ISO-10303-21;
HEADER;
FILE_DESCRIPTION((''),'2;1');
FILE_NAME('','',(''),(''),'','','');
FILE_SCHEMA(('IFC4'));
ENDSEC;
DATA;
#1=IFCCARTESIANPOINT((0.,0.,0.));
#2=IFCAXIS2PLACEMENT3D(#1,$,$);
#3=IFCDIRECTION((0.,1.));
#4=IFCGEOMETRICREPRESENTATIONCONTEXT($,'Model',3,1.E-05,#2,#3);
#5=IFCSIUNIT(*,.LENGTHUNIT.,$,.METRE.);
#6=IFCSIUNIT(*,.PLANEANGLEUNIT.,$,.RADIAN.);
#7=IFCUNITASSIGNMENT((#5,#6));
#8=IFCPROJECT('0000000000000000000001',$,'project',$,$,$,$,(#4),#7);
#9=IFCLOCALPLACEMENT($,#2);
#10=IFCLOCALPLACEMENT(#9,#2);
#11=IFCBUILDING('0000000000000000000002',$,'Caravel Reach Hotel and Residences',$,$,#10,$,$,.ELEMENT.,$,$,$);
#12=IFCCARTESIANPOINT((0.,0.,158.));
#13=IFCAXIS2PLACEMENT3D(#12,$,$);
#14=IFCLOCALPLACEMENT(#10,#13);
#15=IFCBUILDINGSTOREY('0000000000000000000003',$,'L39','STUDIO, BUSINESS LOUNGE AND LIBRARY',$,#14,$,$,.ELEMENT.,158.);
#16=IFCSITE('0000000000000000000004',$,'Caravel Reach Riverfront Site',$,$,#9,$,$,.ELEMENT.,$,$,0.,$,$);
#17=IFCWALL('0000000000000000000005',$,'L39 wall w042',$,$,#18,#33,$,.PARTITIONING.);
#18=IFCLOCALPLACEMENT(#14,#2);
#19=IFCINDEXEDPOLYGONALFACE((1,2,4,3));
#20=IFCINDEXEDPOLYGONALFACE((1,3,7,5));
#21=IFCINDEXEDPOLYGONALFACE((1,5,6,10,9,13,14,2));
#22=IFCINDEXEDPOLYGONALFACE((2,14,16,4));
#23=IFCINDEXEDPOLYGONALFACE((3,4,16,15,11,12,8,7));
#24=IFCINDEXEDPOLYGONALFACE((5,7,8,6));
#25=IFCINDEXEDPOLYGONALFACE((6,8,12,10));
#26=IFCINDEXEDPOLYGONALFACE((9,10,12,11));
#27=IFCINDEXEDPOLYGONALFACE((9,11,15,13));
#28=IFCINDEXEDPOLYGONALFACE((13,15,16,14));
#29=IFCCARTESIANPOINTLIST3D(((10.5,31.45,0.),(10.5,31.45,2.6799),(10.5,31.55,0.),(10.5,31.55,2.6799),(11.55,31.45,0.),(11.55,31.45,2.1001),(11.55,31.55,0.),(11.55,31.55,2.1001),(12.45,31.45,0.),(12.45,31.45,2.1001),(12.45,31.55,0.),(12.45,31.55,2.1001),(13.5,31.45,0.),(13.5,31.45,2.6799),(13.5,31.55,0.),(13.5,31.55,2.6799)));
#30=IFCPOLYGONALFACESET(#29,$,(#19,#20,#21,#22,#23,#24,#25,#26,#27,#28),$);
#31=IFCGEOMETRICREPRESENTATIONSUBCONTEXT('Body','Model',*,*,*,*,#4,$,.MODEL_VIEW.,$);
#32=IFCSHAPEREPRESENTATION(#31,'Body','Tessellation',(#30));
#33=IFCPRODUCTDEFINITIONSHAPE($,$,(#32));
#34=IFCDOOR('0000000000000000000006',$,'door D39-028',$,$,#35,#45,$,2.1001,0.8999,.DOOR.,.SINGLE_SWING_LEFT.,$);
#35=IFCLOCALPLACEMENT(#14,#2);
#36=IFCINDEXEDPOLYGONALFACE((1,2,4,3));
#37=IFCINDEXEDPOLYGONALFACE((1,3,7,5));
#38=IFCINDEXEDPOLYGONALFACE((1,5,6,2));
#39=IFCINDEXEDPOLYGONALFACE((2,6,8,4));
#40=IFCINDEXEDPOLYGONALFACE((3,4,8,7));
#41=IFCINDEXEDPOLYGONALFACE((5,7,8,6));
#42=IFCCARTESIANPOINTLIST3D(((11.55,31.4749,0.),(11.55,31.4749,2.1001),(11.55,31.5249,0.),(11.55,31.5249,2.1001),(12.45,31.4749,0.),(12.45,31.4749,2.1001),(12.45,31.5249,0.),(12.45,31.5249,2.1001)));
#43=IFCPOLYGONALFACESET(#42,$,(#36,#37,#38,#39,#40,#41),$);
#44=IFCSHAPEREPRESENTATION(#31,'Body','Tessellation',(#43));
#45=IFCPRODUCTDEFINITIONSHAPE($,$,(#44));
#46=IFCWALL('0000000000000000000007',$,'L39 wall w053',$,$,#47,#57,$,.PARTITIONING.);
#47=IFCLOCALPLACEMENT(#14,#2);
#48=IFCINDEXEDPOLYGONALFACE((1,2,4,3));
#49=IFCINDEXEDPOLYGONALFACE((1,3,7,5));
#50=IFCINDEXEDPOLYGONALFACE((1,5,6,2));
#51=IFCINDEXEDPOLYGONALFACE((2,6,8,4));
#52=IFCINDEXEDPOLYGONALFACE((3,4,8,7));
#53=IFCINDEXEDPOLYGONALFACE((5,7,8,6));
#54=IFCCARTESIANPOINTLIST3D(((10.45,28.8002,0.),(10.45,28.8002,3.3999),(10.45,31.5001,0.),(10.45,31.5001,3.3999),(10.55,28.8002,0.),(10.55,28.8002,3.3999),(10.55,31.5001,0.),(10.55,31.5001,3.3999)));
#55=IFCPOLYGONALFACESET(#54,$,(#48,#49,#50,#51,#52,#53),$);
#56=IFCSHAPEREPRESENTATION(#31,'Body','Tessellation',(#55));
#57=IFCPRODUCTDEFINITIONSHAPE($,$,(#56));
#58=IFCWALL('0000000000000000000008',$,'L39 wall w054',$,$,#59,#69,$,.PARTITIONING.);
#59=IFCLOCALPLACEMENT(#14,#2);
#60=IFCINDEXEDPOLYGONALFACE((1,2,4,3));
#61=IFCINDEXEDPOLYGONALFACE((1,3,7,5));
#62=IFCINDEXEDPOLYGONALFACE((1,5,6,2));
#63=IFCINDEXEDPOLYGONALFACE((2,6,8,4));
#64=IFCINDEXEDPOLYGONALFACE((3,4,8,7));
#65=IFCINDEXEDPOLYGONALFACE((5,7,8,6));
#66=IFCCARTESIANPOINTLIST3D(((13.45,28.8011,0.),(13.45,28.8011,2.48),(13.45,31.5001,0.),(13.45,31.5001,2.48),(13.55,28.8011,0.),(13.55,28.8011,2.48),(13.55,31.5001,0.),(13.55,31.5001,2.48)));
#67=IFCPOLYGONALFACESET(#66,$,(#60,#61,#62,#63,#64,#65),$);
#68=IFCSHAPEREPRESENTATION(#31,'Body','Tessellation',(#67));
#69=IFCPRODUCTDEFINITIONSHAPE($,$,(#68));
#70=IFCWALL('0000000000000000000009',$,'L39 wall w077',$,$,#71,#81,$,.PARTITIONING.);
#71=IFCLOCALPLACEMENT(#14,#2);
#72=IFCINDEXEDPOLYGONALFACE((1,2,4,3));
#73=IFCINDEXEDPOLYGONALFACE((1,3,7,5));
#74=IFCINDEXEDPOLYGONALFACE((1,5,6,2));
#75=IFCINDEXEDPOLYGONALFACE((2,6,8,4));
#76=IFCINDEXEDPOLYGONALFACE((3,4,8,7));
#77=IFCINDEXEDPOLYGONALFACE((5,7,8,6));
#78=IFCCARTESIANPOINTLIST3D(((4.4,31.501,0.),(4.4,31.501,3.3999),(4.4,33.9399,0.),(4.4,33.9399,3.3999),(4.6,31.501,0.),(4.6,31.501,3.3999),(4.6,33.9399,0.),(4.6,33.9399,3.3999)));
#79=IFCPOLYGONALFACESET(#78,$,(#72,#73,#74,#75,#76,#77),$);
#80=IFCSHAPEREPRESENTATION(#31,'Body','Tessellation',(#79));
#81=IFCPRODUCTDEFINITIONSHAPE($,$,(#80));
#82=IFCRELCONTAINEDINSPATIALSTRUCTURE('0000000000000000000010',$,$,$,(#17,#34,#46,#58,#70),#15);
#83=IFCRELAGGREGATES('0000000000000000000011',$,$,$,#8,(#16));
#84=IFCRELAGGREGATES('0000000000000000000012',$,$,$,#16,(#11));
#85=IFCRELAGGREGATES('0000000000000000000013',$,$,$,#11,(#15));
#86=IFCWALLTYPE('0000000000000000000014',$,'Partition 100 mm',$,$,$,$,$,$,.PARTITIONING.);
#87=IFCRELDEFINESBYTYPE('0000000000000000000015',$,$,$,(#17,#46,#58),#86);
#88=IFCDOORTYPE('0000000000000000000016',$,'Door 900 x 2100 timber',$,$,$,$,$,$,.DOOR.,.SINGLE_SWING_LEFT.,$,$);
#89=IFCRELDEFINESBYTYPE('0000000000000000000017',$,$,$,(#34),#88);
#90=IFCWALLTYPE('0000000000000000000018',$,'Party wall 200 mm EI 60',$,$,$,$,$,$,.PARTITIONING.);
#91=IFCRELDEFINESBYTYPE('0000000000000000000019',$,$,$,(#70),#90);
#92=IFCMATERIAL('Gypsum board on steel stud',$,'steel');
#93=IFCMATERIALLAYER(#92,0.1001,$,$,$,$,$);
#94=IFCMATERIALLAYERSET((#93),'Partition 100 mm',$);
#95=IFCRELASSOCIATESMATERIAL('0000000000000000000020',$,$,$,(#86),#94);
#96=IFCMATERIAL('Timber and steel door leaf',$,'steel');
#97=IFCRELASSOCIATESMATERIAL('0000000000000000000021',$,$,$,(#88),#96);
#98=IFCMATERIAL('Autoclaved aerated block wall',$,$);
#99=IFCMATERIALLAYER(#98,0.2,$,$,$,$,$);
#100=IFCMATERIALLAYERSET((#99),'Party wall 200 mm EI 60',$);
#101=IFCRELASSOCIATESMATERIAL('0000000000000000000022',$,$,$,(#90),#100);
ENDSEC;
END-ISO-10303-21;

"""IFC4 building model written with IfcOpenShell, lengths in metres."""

from ifc_helpers import new_model, si_unit, direction, frame, frame_2d, origin, place, context, subcontext, project, spatial, rectangle, extrude, material, layer, layer_set, type_object, element, fill, save


model = new_model("IFC4")

# Units and contexts
model_context = context("Model", 3, precision=1e-05, world=origin(), true_north=direction((0.0, 1.0)))
body_context = subcontext(model_context, "Body", "Model", "MODEL_VIEW")
ifc_project = project(units=[si_unit("LENGTHUNIT", "METRE"), si_unit("PLANEANGLEUNIT", "RADIAN")], contexts=[model_context])

# Site, building, storey
site_placement = place(None, origin())
site = spatial("IfcSite", under=ifc_project, at=site_placement, Name="Caravel Reach Riverfront Site", CompositionType="ELEMENT", RefElevation=0.0)
building_placement = place(site_placement, origin())
building = spatial("IfcBuilding", under=site, at=building_placement, Name="Caravel Reach Hotel and Residences", CompositionType="ELEMENT")
storey_placement = place(building_placement, frame((0.0, 0.0, 158.0)))
storey = spatial("IfcBuildingStorey", under=building, at=storey_placement, Name="L39", Description="STUDIO, BUSINESS LOUNGE AND LIBRARY", CompositionType="ELEMENT", Elevation=158.0)

# Wall, opening, door
ifc_material_1 = material(Name="Gypsum board on steel stud", Category="steel")
ifc_layer_1 = layer(ifc_material_1, 0.1001)
ifc_layer_set_1 = layer_set([ifc_layer_1], Name="Partition 100 mm")
wall_type_1 = type_object("IfcWallType", Name="Partition 100 mm", PredefinedType="PARTITIONING", material=ifc_layer_set_1)
wall_1_placement = place(storey_placement, frame((10.5, 31.5, 0.0), z_axis=(0.0, 0.0, 1.0), x_axis=(1.0, 0.0, 0.0)))
wall_1 = element("IfcWall", 1, at=wall_1_placement, inside=storey, type_object=wall_type_1, Name="L39 wall w042", PredefinedType="PARTITIONING", context=body_context, shape_type="SweptSolid", body=[
    extrude(rectangle(XDim=3.0, YDim=0.1001, at=frame_2d((1.5, 0.0))), origin(), (0.0, 0.0, 1.0), 2.6799),
])
opening_1_placement = place(wall_1_placement, frame((1.05, 0.0, 0.0)))
opening_1 = element("IfcOpeningElement", 2, at=opening_1_placement, cuts=wall_1, PredefinedType="OPENING", context=body_context, shape_type="SweptSolid", body=[
    extrude(rectangle(XDim=0.8999, YDim=2.1001, at=frame_2d((0.45, 1.05))), frame((0.0, 0.0601, 0.0), z_axis=(0.0, -1.0, 0.0), x_axis=(1.0, 0.0, 0.0)), (0.0, 0.0, 1.0), 0.1201),
])
ifc_material_2 = material(Name="Timber and steel door leaf", Category="steel")
door_type_1 = type_object("IfcDoorType", Name="Door 900 x 2100 timber", OperationType="SINGLE_SWING_LEFT", PredefinedType="DOOR", material=ifc_material_2)
door_1_placement = place(opening_1_placement, origin())
door_1 = element("IfcDoor", 3, at=door_1_placement, inside=storey, type_object=door_type_1, Name="door D39-028", OperationType="SINGLE_SWING_LEFT", OverallHeight=2.1001, OverallWidth=0.8999, PredefinedType="DOOR", context=body_context, shape_type="SweptSolid", body=[
    extrude(rectangle(XDim=0.8999, YDim=2.1001, at=frame_2d((0.45, 1.05))), frame((0.0, 0.0249, 0.0), z_axis=(0.0, -1.0, 0.0), x_axis=(1.0, 0.0, 0.0)), (0.0, 0.0, 1.0), 0.05),
])
fill(opening_1, door_1)

# Walls
wall_2_placement = place(storey_placement, frame((10.5, 28.8, 0.0), z_axis=(0.0, 0.0, 1.0), x_axis=(0.0, 1.0, 0.0)))
element("IfcWall", 4, at=wall_2_placement, inside=storey, type_object=wall_type_1, Name="L39 wall w053", PredefinedType="PARTITIONING", context=body_context, shape_type="SweptSolid", body=[
    extrude(rectangle(XDim=2.7, YDim=0.1001, at=frame_2d((1.3501, 0.0))), origin(), (0.0, 0.0, 1.0), 3.3999),
])
wall_3_placement = place(storey_placement, frame((13.5, 28.801, 0.0), z_axis=(0.0, 0.0, 1.0), x_axis=(0.0, 1.0, 0.0)))
element("IfcWall", 5, at=wall_3_placement, inside=storey, type_object=wall_type_1, Name="L39 wall w054", PredefinedType="PARTITIONING", context=body_context, shape_type="SweptSolid", body=[
    extrude(rectangle(XDim=2.699, YDim=0.1001, at=frame_2d((1.3496, 0.0))), origin(), (0.0, 0.0, 1.0), 2.48),
])
ifc_material_3 = material(Name="Autoclaved aerated block wall")
ifc_layer_2 = layer(ifc_material_3, 0.2)
ifc_layer_set_2 = layer_set([ifc_layer_2], Name="Party wall 200 mm EI 60")
wall_type_2 = type_object("IfcWallType", Name="Party wall 200 mm EI 60", PredefinedType="PARTITIONING", material=ifc_layer_set_2)
wall_4_placement = place(storey_placement, frame((4.5, 31.501, 0.0), z_axis=(0.0, 0.0, 1.0), x_axis=(0.0, 1.0, 0.0)))
element("IfcWall", 6, at=wall_4_placement, inside=storey, type_object=wall_type_2, Name="L39 wall w077", PredefinedType="PARTITIONING", context=body_context, shape_type="SweptSolid", body=[
    extrude(rectangle(XDim=2.439, YDim=0.2, at=frame_2d((1.2195, 0.0))), origin(), (0.0, 0.0, 1.0), 3.3999),
])

save(model, "model.ifc")
